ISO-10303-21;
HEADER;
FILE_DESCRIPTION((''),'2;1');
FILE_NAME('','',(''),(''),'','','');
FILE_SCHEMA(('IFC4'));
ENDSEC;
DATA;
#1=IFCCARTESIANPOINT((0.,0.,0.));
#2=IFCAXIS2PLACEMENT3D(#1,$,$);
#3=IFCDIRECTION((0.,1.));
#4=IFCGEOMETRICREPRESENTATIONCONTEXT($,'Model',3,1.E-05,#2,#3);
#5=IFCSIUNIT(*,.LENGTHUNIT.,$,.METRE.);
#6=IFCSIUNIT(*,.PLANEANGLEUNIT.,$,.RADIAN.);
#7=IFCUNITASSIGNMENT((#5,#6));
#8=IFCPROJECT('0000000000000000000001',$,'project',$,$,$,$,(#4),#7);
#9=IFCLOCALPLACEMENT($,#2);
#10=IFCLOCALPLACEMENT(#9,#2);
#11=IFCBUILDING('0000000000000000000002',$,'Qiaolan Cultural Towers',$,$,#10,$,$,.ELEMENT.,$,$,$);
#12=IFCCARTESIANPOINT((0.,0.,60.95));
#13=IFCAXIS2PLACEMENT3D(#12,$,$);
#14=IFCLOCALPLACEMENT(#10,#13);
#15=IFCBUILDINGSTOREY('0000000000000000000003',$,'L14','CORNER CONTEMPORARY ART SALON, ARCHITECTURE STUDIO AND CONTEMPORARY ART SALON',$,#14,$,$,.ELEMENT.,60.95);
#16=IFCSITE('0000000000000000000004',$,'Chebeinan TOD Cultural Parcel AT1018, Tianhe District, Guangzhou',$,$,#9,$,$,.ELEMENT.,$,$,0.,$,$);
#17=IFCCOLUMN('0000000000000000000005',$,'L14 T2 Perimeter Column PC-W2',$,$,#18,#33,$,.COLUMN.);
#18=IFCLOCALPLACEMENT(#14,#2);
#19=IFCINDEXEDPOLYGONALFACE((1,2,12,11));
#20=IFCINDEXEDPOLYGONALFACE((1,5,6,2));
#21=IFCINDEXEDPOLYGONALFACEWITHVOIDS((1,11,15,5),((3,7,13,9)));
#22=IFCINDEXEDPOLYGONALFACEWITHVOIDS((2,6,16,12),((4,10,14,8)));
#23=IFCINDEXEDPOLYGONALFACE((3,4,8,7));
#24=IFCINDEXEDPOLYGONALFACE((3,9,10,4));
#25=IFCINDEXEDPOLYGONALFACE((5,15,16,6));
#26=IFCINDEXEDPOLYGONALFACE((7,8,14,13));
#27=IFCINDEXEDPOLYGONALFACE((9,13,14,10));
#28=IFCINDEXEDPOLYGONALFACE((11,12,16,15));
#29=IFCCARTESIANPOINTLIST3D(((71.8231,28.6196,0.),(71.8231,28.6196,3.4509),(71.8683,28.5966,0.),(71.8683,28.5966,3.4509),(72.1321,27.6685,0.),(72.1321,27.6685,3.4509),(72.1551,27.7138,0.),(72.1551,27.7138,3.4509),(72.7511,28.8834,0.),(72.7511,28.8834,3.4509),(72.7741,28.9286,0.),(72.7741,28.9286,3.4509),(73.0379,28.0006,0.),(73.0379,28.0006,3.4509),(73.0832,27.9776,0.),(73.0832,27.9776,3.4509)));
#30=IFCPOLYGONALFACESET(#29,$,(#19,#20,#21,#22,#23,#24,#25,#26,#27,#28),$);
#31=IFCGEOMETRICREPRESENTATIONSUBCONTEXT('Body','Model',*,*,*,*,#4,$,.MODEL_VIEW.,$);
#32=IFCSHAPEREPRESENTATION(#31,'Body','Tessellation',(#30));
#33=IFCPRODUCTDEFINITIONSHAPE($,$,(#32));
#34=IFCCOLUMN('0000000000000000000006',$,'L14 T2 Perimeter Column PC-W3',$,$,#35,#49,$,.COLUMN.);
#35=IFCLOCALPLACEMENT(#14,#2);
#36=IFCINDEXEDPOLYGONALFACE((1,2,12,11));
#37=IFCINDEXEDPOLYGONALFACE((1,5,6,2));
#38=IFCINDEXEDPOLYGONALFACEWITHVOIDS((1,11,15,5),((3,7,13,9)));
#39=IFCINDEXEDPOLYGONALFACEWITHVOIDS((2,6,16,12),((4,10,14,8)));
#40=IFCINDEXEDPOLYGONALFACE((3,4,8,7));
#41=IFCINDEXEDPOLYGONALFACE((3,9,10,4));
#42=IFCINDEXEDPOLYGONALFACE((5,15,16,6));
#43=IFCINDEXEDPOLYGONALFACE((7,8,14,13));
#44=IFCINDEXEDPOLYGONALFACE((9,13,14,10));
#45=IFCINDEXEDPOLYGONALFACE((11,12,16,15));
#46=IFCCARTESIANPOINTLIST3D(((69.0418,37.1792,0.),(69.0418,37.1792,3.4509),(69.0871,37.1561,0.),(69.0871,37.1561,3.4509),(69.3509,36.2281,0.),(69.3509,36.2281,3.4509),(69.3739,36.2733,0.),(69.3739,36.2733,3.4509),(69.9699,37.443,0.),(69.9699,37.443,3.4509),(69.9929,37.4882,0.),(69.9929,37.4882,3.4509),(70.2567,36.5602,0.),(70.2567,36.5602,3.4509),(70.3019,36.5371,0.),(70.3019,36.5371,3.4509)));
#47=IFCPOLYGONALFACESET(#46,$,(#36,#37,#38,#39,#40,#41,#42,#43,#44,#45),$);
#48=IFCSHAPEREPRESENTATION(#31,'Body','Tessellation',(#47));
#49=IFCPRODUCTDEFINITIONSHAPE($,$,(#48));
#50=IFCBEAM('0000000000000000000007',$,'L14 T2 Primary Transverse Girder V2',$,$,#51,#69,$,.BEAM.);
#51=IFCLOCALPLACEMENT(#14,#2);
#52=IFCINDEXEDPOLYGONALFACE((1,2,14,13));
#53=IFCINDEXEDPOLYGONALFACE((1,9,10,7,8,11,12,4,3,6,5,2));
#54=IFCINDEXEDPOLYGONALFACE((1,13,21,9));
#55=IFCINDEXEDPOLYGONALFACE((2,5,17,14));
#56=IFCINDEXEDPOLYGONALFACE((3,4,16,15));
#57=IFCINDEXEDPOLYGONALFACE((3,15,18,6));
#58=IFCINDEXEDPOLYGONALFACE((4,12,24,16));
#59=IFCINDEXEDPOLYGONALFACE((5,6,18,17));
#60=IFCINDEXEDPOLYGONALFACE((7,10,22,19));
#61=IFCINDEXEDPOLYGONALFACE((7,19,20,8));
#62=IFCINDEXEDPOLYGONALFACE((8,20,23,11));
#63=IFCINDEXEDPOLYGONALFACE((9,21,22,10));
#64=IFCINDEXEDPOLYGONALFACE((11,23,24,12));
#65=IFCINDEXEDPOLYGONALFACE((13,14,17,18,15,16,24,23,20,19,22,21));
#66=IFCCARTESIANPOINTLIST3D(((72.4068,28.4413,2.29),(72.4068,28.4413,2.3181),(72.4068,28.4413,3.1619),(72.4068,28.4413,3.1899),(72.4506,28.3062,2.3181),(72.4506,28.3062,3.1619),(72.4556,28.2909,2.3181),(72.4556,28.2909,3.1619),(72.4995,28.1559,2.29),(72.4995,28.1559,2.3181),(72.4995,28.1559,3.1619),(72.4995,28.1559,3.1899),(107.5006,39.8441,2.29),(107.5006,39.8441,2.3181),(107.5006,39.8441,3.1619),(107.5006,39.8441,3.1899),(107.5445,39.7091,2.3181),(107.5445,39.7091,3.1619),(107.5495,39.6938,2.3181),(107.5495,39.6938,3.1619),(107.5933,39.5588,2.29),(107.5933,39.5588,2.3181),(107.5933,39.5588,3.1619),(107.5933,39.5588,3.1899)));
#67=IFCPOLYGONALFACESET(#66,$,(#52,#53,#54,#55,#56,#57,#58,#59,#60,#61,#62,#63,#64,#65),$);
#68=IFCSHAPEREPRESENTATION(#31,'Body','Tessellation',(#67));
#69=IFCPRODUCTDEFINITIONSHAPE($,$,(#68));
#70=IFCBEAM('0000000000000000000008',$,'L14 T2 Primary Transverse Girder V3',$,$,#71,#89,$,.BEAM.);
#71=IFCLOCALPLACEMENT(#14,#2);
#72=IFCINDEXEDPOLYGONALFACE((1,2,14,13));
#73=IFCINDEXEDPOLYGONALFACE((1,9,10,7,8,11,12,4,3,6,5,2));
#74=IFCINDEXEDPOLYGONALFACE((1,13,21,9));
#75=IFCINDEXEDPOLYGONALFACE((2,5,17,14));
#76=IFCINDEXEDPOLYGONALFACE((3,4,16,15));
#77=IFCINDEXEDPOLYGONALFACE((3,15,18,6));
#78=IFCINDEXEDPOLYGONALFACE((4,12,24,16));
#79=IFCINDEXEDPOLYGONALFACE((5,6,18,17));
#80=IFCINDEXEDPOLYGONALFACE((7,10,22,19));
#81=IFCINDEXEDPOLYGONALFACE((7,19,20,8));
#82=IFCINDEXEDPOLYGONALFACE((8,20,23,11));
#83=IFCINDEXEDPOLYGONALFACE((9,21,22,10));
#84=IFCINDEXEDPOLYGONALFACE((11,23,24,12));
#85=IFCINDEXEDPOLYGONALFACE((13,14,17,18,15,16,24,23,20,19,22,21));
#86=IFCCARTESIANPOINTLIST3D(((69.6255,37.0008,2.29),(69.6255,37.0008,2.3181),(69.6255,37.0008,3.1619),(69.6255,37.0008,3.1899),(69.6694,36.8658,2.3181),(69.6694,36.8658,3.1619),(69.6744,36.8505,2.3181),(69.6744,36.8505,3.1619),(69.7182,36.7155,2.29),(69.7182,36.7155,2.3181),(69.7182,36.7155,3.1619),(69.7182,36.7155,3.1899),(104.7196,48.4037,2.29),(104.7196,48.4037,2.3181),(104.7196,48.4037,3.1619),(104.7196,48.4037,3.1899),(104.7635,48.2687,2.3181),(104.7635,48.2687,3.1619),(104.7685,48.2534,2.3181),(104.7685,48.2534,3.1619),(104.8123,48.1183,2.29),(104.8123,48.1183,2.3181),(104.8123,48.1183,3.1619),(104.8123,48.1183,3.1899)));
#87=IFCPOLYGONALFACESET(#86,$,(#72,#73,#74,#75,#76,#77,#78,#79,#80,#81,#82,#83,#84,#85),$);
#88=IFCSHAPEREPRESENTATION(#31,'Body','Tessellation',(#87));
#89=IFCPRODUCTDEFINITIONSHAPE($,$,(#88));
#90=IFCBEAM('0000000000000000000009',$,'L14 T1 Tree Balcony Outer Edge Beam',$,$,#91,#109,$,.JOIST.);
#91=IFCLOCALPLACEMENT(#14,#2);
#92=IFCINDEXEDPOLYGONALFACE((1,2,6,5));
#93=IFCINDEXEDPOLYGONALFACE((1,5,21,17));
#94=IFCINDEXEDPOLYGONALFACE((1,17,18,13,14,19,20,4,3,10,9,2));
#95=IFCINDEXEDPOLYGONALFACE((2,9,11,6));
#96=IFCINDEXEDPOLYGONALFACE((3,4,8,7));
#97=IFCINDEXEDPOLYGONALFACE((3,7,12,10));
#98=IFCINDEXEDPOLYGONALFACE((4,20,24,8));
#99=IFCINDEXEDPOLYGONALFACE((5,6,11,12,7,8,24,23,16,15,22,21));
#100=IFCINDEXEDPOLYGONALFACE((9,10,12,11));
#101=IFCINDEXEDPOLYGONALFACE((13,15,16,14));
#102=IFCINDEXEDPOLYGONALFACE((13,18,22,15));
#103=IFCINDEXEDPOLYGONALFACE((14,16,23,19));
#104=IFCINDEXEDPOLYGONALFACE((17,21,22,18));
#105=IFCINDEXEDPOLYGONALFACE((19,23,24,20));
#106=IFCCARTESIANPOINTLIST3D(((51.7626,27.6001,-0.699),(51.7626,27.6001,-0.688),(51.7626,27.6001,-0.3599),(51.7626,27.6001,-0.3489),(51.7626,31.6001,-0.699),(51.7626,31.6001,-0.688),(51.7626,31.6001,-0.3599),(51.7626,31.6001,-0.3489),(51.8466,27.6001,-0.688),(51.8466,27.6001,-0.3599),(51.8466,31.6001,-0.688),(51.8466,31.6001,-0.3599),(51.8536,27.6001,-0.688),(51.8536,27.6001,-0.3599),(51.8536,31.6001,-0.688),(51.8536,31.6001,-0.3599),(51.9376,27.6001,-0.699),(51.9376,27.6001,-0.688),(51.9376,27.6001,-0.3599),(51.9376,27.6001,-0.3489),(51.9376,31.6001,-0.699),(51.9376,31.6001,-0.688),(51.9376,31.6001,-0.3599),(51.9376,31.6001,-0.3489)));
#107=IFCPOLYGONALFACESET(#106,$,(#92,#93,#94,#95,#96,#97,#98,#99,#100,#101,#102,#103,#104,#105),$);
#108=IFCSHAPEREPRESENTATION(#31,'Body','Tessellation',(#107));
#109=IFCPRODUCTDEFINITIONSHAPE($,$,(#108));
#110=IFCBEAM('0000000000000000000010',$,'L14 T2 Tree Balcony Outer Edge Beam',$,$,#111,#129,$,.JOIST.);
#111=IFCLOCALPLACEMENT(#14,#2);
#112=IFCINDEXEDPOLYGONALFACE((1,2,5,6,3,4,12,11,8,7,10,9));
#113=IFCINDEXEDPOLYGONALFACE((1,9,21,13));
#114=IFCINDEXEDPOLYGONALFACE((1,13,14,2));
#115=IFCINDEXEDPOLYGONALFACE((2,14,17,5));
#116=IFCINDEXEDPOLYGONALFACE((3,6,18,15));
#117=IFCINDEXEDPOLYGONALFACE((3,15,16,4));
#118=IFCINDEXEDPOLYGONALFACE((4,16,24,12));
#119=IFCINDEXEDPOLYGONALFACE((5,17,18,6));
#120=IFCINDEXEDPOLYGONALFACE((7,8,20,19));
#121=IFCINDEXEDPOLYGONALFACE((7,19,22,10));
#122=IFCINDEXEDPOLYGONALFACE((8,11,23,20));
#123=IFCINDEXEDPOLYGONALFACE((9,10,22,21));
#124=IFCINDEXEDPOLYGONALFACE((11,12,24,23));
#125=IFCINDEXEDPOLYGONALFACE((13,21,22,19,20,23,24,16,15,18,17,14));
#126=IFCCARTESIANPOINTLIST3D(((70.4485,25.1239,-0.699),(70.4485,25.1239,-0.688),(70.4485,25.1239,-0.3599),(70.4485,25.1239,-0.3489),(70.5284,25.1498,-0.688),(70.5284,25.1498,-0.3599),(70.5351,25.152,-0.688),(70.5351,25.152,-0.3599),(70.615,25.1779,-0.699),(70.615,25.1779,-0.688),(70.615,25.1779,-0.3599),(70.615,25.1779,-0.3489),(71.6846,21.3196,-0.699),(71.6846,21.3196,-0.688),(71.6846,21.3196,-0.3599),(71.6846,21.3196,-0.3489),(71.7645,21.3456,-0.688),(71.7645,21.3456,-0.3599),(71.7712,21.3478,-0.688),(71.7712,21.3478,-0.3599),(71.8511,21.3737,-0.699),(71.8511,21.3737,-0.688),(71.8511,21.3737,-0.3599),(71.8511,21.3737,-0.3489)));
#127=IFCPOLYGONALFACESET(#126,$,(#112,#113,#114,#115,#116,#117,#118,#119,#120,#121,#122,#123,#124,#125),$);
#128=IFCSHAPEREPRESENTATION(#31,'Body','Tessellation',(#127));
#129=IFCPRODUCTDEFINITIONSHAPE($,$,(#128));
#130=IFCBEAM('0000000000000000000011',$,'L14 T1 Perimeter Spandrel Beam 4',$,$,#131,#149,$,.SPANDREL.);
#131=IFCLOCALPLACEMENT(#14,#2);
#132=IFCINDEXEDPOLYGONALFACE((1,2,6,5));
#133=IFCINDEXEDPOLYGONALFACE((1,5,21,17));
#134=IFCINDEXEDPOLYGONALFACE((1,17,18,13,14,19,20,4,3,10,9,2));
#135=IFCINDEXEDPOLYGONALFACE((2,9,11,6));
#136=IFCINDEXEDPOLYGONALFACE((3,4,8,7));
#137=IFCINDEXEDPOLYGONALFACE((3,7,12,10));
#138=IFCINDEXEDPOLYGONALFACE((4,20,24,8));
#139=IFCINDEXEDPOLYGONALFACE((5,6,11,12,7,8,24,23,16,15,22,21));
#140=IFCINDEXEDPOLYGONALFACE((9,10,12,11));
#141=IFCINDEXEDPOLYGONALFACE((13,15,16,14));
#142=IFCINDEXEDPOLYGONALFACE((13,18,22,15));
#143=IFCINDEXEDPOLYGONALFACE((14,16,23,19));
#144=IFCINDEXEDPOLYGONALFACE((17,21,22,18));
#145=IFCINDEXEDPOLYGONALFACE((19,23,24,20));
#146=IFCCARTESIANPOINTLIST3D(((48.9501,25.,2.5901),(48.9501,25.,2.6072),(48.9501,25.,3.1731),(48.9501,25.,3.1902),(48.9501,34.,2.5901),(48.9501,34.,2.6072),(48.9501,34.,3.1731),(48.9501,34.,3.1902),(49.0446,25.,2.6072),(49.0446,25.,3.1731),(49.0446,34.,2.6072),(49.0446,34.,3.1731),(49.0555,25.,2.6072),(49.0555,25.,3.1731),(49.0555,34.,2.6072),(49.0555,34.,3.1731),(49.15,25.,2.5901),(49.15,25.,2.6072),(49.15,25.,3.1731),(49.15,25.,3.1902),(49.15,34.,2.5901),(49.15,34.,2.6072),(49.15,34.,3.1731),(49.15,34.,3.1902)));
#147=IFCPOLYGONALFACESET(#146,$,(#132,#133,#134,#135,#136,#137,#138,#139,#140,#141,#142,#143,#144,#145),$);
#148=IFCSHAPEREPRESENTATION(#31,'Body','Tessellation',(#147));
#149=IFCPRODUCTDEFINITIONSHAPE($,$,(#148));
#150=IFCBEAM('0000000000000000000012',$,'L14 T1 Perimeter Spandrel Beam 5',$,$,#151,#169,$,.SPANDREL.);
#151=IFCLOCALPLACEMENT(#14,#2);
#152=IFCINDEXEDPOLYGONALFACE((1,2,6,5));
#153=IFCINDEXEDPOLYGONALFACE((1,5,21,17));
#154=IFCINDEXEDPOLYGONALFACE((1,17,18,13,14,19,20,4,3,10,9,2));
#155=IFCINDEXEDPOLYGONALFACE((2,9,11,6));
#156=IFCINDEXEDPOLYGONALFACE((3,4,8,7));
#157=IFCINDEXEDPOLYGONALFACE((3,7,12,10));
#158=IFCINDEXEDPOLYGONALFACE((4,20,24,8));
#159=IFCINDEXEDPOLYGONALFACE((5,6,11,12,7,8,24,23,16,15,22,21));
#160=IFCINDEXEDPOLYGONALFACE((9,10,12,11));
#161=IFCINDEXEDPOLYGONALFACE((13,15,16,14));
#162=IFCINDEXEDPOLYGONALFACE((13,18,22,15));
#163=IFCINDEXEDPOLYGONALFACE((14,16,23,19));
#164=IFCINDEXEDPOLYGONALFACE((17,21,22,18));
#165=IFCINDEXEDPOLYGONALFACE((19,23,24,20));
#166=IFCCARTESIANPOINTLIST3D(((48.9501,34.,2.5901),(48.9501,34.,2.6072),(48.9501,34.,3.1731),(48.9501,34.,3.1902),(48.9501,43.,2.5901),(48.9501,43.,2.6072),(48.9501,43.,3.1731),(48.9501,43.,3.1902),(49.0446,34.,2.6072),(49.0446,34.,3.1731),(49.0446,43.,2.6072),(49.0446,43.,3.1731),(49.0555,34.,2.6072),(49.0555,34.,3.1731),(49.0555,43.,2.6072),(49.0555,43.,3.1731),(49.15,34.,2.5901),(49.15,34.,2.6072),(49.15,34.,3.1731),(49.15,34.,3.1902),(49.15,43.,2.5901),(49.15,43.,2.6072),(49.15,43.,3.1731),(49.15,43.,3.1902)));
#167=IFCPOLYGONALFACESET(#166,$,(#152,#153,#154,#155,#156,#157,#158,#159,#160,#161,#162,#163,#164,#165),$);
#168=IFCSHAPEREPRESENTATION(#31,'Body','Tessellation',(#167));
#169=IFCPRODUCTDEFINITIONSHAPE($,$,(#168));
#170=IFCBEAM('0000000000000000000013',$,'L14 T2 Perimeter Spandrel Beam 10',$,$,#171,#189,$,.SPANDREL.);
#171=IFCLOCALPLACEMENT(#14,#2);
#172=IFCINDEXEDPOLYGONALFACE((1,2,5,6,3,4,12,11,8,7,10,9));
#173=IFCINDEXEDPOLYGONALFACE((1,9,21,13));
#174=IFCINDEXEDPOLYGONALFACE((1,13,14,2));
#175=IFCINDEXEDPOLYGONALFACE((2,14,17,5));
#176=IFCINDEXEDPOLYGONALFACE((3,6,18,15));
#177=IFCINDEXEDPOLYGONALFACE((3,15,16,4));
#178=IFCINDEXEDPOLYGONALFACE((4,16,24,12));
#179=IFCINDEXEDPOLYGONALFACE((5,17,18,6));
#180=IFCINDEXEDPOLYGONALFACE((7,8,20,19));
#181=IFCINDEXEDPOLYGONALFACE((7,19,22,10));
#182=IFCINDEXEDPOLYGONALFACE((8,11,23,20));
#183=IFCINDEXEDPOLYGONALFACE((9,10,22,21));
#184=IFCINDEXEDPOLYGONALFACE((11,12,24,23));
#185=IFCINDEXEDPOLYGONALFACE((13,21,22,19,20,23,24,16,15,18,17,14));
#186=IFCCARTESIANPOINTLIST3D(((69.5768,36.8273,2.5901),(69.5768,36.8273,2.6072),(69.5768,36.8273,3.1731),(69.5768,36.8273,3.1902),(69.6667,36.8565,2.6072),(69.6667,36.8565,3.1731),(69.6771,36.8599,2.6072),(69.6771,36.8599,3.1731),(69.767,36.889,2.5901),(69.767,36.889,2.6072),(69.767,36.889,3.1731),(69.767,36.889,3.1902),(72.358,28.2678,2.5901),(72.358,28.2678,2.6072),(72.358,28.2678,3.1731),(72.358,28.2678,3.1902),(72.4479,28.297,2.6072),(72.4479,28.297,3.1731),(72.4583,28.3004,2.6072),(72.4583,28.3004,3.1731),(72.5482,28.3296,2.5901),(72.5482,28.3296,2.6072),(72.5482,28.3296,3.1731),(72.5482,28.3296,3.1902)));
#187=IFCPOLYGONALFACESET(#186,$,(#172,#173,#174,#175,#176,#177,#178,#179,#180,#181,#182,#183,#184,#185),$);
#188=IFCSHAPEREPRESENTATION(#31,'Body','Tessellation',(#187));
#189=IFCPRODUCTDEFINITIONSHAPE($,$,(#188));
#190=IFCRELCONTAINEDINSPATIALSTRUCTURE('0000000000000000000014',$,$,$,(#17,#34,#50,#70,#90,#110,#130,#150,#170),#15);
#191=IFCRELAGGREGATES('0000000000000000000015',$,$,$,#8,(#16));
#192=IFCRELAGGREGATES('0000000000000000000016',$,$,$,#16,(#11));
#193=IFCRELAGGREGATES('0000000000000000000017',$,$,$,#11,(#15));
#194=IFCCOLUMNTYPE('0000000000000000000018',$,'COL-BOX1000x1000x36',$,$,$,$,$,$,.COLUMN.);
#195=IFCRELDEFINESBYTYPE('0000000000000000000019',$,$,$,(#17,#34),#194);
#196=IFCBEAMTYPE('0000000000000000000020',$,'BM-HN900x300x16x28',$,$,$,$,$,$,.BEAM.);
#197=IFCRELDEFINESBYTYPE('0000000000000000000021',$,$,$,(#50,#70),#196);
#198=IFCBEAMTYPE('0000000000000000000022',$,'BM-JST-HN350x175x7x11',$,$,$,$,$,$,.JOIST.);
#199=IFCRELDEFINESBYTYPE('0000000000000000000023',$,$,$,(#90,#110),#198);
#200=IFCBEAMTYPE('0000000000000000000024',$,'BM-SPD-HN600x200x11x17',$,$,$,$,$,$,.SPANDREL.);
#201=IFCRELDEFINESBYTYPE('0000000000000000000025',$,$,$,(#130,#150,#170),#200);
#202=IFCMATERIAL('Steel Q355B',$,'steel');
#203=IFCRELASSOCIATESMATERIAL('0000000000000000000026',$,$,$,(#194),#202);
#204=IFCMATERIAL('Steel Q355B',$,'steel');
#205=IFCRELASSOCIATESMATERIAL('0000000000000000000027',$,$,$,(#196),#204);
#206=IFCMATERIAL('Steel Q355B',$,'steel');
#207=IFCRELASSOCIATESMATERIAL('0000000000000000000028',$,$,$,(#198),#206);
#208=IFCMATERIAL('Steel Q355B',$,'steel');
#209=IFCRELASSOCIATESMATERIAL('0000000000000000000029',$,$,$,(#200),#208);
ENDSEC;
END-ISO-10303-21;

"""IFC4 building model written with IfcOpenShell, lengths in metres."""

from ifc_helpers import new_model, si_unit, direction, frame, origin, origin_2d, place, context, subcontext, project, spatial, hollow_rectangle, i_section, extrude, material, material_profile, profile_set, type_object, element, save


model = new_model("IFC4")

# Units and contexts
model_context = context("Model", 3, precision=1e-05, world=origin(), true_north=direction((0.0, 1.0)))
body_context = subcontext(model_context, "Body", "Model", "MODEL_VIEW")
ifc_project = project(units=[si_unit("LENGTHUNIT", "METRE"), si_unit("PLANEANGLEUNIT", "RADIAN")], contexts=[model_context])

# Site, building, storey
site_placement = place(None, origin())
site = spatial("IfcSite", under=ifc_project, at=site_placement, Name="Chebeinan TOD Cultural Parcel AT1018, Tianhe District, Guangzhou", CompositionType="ELEMENT", RefElevation=0.0)
building_placement = place(site_placement, origin())
building = spatial("IfcBuilding", under=site, at=building_placement, Name="Qiaolan Cultural Towers", CompositionType="ELEMENT")
storey_placement = place(building_placement, frame((0.0, 0.0, 60.95)))
storey = spatial("IfcBuildingStorey", under=building, at=storey_placement, Name="L14", Description="CORNER CONTEMPORARY ART SALON, ARCHITECTURE STUDIO AND CONTEMPORARY ART SALON", CompositionType="ELEMENT", Elevation=60.95)

# Columns
ifc_material_1 = material(Name="Steel Q355B", Category="steel")
ifc_material_profile_1 = material_profile(ifc_material_1, hollow_rectangle(XDim=1.0, YDim=1.0, WallThickness=0.0359, at=origin_2d()), Name="BOX1000x1000x36")
ifc_profile_set_1 = profile_set([ifc_material_profile_1], Name="Steel Q355B")
column_type = type_object("IfcColumnType", Name="COL-BOX1000x1000x36", PredefinedType="COLUMN", material=ifc_profile_set_1)
for number, where, z_axis, x_axis, name in (
    (1, (72.4531, 28.2986, 0.0), (0.0, 0.0, 1.0), (0.951057, 0.309017, 0.0), "L14 T2 Perimeter Column PC-W2"),
    (2, (69.6719, 36.8582, 0.0), (0.0, 0.0, 1.0), (0.951057, 0.309017, 0.0), "L14 T2 Perimeter Column PC-W3"),
):
    element("IfcColumn", number, at=place(storey_placement, frame(where, z_axis=z_axis, x_axis=x_axis)), inside=storey, type_object=column_type, Name=name, PredefinedType="COLUMN", context=body_context, shape_type="SweptSolid", body=[
        extrude(hollow_rectangle(XDim=1.0, YDim=1.0, WallThickness=0.0359, at=origin_2d()), origin(), (0.0, 0.0, 1.0), 3.4509),
    ])

# Beams
ifc_material_2 = material(Name="Steel Q355B", Category="steel")
ifc_material_profile_2 = material_profile(ifc_material_2, i_section(OverallWidth=0.3, OverallDepth=0.8999, WebThickness=0.0161, FlangeThickness=0.0281, at=origin_2d()), Name="HN900x300x16x28")
ifc_profile_set_2 = profile_set([ifc_material_profile_2], Name="Steel Q355B")
beam_type_1 = type_object("IfcBeamType", Name="BM-HN900x300x16x28", PredefinedType="BEAM", material=ifc_profile_set_2)
beam_1_placement = place(storey_placement, frame((72.4531, 28.2986, 2.74), z_axis=(0.951055, 0.309021, 0.0), x_axis=(-0.309021, 0.951055, 0.0)))
element("IfcBeam", 3, at=beam_1_placement, inside=storey, type_object=beam_type_1, Name="L14 T2 Primary Transverse Girder V2", PredefinedType="BEAM", context=body_context, shape_type="SweptSolid", body=[
    extrude(i_section(OverallWidth=0.3, OverallDepth=0.8999, WebThickness=0.0161, FlangeThickness=0.0281, at=origin_2d()), origin(), (0.0, 0.0, 1.0), 36.8999),
])
beam_2_placement = place(storey_placement, frame((69.6719, 36.8582, 2.74), z_axis=(0.951056, 0.309019, 0.0), x_axis=(-0.309019, 0.951056, 0.0)))
element("IfcBeam", 4, at=beam_2_placement, inside=storey, type_object=beam_type_1, Name="L14 T2 Primary Transverse Girder V3", PredefinedType="BEAM", context=body_context, shape_type="SweptSolid", body=[
    extrude(i_section(OverallWidth=0.3, OverallDepth=0.8999, WebThickness=0.0161, FlangeThickness=0.0281, at=origin_2d()), origin(), (0.0, 0.0, 1.0), 36.9001),
])
ifc_material_3 = material(Name="Steel Q355B", Category="steel")
ifc_material_profile_3 = material_profile(ifc_material_3, i_section(OverallWidth=0.175, OverallDepth=0.3501, WebThickness=0.0071, FlangeThickness=0.011, at=origin_2d()), Name="HN350x175x7x11")
ifc_profile_set_3 = profile_set([ifc_material_profile_3], Name="Steel Q355B")
beam_type_2 = type_object("IfcBeamType", Name="BM-JST-HN350x175x7x11", PredefinedType="JOIST", material=ifc_profile_set_3)
for number, where, z_axis, x_axis, name in (
    (5, (51.8501, 27.6001, -0.5239), (0.0, 1.0, 0.0), (-1.0, 0.0, 0.0), "L14 T1 Tree Balcony Outer Edge Beam"),
    (6, (71.7678, 21.3467, -0.5239), (-0.309023, 0.951055, 0.0), (-0.951055, -0.309023, 0.0), "L14 T2 Tree Balcony Outer Edge Beam"),
):
    element("IfcBeam", number, at=place(storey_placement, frame(where, z_axis=z_axis, x_axis=x_axis)), inside=storey, type_object=beam_type_2, Name=name, PredefinedType="JOIST", context=body_context, shape_type="SweptSolid", body=[
        extrude(i_section(OverallWidth=0.175, OverallDepth=0.3501, WebThickness=0.0071, FlangeThickness=0.011, at=origin_2d()), origin(), (0.0, 0.0, 1.0), 4.0),
    ])
ifc_material_4 = material(Name="Steel Q355B", Category="steel")
ifc_material_profile_4 = material_profile(ifc_material_4, i_section(OverallWidth=0.2, OverallDepth=0.6001, WebThickness=0.011, FlangeThickness=0.0171, at=origin_2d()), Name="HN600x200x11x17")
ifc_profile_set_4 = profile_set([ifc_material_profile_4], Name="Steel Q355B")
beam_type_3 = type_object("IfcBeamType", Name="BM-SPD-HN600x200x11x17", PredefinedType="SPANDREL", material=ifc_profile_set_4)
for number, where, z_axis, x_axis, name in (
    (7, (49.05, 25.0, 2.8901), (0.0, 1.0, 0.0), (-1.0, 0.0, 0.0), "L14 T1 Perimeter Spandrel Beam 4"),
    (8, (49.05, 34.0, 2.8901), (0.0, 1.0, 0.0), (-1.0, 0.0, 0.0), "L14 T1 Perimeter Spandrel Beam 5"),
    (9, (69.6719, 36.8582, 2.8901), (0.309025, -0.951054, 0.0), (0.951054, 0.309025, 0.0), "L14 T2 Perimeter Spandrel Beam 10"),
):
    element("IfcBeam", number, at=place(storey_placement, frame(where, z_axis=z_axis, x_axis=x_axis)), inside=storey, type_object=beam_type_3, Name=name, PredefinedType="SPANDREL", context=body_context, shape_type="SweptSolid", body=[
        extrude(i_section(OverallWidth=0.2, OverallDepth=0.6001, WebThickness=0.011, FlangeThickness=0.0171, at=origin_2d()), origin(), (0.0, 0.0, 1.0), 9.0),
    ])

save(model, "model.ifc")
